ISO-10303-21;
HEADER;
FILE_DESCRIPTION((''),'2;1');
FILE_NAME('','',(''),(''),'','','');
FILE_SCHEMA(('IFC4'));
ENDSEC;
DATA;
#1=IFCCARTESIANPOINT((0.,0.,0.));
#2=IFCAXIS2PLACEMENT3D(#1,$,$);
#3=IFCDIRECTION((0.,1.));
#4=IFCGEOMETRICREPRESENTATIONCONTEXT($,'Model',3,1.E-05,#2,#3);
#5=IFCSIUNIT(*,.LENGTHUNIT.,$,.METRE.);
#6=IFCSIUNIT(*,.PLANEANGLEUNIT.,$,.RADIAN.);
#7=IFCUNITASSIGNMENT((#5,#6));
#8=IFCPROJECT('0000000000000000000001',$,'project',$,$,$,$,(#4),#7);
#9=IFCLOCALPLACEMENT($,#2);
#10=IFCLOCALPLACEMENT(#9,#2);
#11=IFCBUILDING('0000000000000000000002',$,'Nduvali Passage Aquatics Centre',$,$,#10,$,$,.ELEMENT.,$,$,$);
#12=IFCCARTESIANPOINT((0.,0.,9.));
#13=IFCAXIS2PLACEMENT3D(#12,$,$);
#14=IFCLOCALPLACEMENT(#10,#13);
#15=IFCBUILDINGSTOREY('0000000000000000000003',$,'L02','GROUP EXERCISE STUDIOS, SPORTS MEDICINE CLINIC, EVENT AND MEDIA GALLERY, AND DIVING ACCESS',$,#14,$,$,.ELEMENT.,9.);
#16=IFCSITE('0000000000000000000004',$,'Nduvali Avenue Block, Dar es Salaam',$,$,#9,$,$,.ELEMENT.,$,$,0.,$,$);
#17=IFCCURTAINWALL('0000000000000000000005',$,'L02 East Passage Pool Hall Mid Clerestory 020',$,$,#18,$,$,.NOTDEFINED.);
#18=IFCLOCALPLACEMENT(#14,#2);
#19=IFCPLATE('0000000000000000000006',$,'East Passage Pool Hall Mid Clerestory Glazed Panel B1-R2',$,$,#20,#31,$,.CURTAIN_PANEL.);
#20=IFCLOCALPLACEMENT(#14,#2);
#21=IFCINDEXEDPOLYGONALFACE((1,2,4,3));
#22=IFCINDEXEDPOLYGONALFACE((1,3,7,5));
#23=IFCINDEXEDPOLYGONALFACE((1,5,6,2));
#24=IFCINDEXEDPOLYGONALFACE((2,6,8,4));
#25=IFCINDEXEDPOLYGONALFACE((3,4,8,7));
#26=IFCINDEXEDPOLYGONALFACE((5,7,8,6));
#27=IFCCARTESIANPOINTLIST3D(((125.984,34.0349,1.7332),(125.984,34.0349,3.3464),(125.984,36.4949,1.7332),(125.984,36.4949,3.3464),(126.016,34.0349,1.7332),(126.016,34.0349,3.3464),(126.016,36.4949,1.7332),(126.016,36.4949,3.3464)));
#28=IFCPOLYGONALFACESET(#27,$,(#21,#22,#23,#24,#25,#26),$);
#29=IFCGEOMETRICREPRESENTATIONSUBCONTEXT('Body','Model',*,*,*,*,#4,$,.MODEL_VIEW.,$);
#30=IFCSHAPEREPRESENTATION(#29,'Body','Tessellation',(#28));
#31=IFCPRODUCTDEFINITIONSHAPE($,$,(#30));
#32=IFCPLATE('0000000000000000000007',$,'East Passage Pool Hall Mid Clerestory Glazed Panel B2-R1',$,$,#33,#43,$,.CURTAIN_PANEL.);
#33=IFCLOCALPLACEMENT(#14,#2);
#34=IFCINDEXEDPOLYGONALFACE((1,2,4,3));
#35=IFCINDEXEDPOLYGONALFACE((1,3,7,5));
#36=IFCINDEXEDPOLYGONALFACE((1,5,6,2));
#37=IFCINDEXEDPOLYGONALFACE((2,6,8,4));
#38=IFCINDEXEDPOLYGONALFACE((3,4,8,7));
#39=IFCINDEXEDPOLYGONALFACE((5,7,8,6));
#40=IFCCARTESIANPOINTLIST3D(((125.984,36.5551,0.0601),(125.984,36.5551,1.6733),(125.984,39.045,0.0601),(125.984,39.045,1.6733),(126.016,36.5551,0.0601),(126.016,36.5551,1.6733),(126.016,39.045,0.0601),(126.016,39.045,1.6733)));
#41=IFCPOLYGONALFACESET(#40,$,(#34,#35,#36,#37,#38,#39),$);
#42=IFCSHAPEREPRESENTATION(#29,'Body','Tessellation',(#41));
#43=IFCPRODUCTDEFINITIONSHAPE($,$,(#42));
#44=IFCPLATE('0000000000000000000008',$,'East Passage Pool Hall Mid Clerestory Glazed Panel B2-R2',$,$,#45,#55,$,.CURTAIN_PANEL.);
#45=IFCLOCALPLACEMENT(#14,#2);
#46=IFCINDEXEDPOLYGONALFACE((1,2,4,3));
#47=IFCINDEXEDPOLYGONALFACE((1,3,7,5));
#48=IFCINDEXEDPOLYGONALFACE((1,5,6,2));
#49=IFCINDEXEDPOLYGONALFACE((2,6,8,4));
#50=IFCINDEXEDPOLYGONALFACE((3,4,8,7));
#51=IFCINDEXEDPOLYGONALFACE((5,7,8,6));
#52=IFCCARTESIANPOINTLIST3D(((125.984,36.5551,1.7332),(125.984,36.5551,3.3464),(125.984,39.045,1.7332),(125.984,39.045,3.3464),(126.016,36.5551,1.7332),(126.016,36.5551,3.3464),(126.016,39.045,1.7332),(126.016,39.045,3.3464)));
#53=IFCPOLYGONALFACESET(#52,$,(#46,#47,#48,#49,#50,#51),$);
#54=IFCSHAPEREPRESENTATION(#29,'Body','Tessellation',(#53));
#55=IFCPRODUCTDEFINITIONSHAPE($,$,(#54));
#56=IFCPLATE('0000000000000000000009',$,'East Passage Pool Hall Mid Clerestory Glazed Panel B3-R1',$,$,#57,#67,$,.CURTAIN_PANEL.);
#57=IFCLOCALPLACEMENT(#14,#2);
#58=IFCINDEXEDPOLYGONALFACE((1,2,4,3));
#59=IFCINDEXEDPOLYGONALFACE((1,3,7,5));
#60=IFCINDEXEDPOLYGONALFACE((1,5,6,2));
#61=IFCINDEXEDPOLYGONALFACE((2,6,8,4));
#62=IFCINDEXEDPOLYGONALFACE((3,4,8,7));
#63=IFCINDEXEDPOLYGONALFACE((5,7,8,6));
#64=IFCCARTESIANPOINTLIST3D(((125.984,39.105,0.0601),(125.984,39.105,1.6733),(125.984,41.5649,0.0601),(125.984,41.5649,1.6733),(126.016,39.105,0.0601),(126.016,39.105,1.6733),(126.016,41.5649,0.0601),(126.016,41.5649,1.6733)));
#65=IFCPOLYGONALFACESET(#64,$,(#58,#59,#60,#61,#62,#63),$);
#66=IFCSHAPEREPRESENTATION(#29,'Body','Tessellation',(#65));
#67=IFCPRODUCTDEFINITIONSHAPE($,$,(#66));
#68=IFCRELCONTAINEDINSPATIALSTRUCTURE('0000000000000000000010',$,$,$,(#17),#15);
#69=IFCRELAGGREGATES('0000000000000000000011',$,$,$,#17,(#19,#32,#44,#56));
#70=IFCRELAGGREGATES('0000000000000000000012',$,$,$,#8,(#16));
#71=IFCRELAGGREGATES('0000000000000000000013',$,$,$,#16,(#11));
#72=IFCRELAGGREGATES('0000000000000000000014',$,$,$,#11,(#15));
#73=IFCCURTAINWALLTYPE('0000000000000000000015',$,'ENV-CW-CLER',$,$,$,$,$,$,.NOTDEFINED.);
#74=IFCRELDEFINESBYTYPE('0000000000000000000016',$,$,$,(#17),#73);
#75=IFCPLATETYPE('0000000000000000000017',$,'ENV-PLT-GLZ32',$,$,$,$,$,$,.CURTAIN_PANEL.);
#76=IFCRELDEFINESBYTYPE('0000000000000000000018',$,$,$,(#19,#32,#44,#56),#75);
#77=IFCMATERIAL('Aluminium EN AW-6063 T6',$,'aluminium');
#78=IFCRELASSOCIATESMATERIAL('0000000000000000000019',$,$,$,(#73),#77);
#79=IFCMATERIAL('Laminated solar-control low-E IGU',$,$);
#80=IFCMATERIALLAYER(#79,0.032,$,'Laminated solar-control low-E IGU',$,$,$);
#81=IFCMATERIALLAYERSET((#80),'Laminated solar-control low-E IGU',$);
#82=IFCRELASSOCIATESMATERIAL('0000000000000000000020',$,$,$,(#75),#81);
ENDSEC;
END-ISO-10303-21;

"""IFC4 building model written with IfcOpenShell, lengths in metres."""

from ifc_helpers import new_model, si_unit, direction, frame, origin, origin_2d, place, context, subcontext, project, spatial, rectangle, extrude, material, layer, layer_set, type_object, element, aggregate, save


model = new_model("IFC4")

# Units and contexts
model_context = context("Model", 3, precision=1e-05, world=origin(), true_north=direction((0.0, 1.0)))
body_context = subcontext(model_context, "Body", "Model", "MODEL_VIEW")
ifc_project = project(units=[si_unit("LENGTHUNIT", "METRE"), si_unit("PLANEANGLEUNIT", "RADIAN")], contexts=[model_context])

# Site, building, storey
site_placement = place(None, origin())
site = spatial("IfcSite", under=ifc_project, at=site_placement, Name="Nduvali Avenue Block, Dar es Salaam", CompositionType="ELEMENT", RefElevation=0.0)
building_placement = place(site_placement, origin())
building = spatial("IfcBuilding", under=site, at=building_placement, Name="Nduvali Passage Aquatics Centre", CompositionType="ELEMENT")
storey_placement = place(building_placement, frame((0.0, 0.0, 9.0)))
storey = spatial("IfcBuildingStorey", under=building, at=storey_placement, Name="L02", Description="GROUP EXERCISE STUDIOS, SPORTS MEDICINE CLINIC, EVENT AND MEDIA GALLERY, AND DIVING ACCESS", CompositionType="ELEMENT", Elevation=9.0)

# Shared definitions
ifc_material_1 = material(Name="Aluminium EN AW-6063 T6", Category="aluminium")
curtain_wall_type = type_object("IfcCurtainWallType", Name="ENV-CW-CLER", PredefinedType="NOTDEFINED", material=ifc_material_1)

# Curtain wall
curtain_wall_1_placement = place(storey_placement, origin())
curtain_wall_1 = element("IfcCurtainWall", 1, at=curtain_wall_1_placement, inside=storey, type_object=curtain_wall_type, Name="L02 East Passage Pool Hall Mid Clerestory 020", PredefinedType="NOTDEFINED")

# Plates
ifc_material_2 = material(Name="Laminated solar-control low-E IGU")
ifc_layer = layer(ifc_material_2, 0.032, Name="Laminated solar-control low-E IGU")
ifc_layer_set = layer_set([ifc_layer], Name="Laminated solar-control low-E IGU")
plate_type = type_object("IfcPlateType", Name="ENV-PLT-GLZ32", PredefinedType="CURTAIN_PANEL", material=ifc_layer_set)
plate_1_placement = place(storey_placement, frame((126.0, 35.2649, 1.7332), z_axis=(0.0, 0.0, 1.0), x_axis=(0.0, 1.0, 0.0)))
plate_1 = element("IfcPlate", 2, at=plate_1_placement, type_object=plate_type, Name="East Passage Pool Hall Mid Clerestory Glazed Panel B1-R2", PredefinedType="CURTAIN_PANEL", context=body_context, shape_type="SweptSolid", body=[
    extrude(rectangle(XDim=2.46, YDim=0.032, at=origin_2d()), origin(), (0.0, 0.0, 1.0), 1.6133),
])
plate_2_placement = place(storey_placement, frame((126.0, 37.8, 0.0601), z_axis=(0.0, 0.0, 1.0), x_axis=(0.0, 1.0, 0.0)))
plate_2 = element("IfcPlate", 3, at=plate_2_placement, type_object=plate_type, Name="East Passage Pool Hall Mid Clerestory Glazed Panel B2-R1", PredefinedType="CURTAIN_PANEL", context=body_context, shape_type="SweptSolid", body=[
    extrude(rectangle(XDim=2.49, YDim=0.032, at=origin_2d()), origin(), (0.0, 0.0, 1.0), 1.6133),
])
plate_3_placement = place(storey_placement, frame((126.0, 37.8, 1.7332), z_axis=(0.0, 0.0, 1.0), x_axis=(0.0, 1.0, 0.0)))
plate_3 = element("IfcPlate", 4, at=plate_3_placement, type_object=plate_type, Name="East Passage Pool Hall Mid Clerestory Glazed Panel B2-R2", PredefinedType="CURTAIN_PANEL", context=body_context, shape_type="SweptSolid", body=[
    extrude(rectangle(XDim=2.49, YDim=0.032, at=origin_2d()), origin(), (0.0, 0.0, 1.0), 1.6133),
])
plate_4_placement = place(storey_placement, frame((126.0, 40.335, 0.0601), z_axis=(0.0, 0.0, 1.0), x_axis=(0.0, 1.0, 0.0)))
plate_4 = element("IfcPlate", 5, at=plate_4_placement, type_object=plate_type, Name="East Passage Pool Hall Mid Clerestory Glazed Panel B3-R1", PredefinedType="CURTAIN_PANEL", context=body_context, shape_type="SweptSolid", body=[
    extrude(rectangle(XDim=2.46, YDim=0.032, at=origin_2d()), origin(), (0.0, 0.0, 1.0), 1.6133),
])
aggregate(curtain_wall_1, [plate_1, plate_2, plate_3, plate_4])

save(model, "model.ifc")
